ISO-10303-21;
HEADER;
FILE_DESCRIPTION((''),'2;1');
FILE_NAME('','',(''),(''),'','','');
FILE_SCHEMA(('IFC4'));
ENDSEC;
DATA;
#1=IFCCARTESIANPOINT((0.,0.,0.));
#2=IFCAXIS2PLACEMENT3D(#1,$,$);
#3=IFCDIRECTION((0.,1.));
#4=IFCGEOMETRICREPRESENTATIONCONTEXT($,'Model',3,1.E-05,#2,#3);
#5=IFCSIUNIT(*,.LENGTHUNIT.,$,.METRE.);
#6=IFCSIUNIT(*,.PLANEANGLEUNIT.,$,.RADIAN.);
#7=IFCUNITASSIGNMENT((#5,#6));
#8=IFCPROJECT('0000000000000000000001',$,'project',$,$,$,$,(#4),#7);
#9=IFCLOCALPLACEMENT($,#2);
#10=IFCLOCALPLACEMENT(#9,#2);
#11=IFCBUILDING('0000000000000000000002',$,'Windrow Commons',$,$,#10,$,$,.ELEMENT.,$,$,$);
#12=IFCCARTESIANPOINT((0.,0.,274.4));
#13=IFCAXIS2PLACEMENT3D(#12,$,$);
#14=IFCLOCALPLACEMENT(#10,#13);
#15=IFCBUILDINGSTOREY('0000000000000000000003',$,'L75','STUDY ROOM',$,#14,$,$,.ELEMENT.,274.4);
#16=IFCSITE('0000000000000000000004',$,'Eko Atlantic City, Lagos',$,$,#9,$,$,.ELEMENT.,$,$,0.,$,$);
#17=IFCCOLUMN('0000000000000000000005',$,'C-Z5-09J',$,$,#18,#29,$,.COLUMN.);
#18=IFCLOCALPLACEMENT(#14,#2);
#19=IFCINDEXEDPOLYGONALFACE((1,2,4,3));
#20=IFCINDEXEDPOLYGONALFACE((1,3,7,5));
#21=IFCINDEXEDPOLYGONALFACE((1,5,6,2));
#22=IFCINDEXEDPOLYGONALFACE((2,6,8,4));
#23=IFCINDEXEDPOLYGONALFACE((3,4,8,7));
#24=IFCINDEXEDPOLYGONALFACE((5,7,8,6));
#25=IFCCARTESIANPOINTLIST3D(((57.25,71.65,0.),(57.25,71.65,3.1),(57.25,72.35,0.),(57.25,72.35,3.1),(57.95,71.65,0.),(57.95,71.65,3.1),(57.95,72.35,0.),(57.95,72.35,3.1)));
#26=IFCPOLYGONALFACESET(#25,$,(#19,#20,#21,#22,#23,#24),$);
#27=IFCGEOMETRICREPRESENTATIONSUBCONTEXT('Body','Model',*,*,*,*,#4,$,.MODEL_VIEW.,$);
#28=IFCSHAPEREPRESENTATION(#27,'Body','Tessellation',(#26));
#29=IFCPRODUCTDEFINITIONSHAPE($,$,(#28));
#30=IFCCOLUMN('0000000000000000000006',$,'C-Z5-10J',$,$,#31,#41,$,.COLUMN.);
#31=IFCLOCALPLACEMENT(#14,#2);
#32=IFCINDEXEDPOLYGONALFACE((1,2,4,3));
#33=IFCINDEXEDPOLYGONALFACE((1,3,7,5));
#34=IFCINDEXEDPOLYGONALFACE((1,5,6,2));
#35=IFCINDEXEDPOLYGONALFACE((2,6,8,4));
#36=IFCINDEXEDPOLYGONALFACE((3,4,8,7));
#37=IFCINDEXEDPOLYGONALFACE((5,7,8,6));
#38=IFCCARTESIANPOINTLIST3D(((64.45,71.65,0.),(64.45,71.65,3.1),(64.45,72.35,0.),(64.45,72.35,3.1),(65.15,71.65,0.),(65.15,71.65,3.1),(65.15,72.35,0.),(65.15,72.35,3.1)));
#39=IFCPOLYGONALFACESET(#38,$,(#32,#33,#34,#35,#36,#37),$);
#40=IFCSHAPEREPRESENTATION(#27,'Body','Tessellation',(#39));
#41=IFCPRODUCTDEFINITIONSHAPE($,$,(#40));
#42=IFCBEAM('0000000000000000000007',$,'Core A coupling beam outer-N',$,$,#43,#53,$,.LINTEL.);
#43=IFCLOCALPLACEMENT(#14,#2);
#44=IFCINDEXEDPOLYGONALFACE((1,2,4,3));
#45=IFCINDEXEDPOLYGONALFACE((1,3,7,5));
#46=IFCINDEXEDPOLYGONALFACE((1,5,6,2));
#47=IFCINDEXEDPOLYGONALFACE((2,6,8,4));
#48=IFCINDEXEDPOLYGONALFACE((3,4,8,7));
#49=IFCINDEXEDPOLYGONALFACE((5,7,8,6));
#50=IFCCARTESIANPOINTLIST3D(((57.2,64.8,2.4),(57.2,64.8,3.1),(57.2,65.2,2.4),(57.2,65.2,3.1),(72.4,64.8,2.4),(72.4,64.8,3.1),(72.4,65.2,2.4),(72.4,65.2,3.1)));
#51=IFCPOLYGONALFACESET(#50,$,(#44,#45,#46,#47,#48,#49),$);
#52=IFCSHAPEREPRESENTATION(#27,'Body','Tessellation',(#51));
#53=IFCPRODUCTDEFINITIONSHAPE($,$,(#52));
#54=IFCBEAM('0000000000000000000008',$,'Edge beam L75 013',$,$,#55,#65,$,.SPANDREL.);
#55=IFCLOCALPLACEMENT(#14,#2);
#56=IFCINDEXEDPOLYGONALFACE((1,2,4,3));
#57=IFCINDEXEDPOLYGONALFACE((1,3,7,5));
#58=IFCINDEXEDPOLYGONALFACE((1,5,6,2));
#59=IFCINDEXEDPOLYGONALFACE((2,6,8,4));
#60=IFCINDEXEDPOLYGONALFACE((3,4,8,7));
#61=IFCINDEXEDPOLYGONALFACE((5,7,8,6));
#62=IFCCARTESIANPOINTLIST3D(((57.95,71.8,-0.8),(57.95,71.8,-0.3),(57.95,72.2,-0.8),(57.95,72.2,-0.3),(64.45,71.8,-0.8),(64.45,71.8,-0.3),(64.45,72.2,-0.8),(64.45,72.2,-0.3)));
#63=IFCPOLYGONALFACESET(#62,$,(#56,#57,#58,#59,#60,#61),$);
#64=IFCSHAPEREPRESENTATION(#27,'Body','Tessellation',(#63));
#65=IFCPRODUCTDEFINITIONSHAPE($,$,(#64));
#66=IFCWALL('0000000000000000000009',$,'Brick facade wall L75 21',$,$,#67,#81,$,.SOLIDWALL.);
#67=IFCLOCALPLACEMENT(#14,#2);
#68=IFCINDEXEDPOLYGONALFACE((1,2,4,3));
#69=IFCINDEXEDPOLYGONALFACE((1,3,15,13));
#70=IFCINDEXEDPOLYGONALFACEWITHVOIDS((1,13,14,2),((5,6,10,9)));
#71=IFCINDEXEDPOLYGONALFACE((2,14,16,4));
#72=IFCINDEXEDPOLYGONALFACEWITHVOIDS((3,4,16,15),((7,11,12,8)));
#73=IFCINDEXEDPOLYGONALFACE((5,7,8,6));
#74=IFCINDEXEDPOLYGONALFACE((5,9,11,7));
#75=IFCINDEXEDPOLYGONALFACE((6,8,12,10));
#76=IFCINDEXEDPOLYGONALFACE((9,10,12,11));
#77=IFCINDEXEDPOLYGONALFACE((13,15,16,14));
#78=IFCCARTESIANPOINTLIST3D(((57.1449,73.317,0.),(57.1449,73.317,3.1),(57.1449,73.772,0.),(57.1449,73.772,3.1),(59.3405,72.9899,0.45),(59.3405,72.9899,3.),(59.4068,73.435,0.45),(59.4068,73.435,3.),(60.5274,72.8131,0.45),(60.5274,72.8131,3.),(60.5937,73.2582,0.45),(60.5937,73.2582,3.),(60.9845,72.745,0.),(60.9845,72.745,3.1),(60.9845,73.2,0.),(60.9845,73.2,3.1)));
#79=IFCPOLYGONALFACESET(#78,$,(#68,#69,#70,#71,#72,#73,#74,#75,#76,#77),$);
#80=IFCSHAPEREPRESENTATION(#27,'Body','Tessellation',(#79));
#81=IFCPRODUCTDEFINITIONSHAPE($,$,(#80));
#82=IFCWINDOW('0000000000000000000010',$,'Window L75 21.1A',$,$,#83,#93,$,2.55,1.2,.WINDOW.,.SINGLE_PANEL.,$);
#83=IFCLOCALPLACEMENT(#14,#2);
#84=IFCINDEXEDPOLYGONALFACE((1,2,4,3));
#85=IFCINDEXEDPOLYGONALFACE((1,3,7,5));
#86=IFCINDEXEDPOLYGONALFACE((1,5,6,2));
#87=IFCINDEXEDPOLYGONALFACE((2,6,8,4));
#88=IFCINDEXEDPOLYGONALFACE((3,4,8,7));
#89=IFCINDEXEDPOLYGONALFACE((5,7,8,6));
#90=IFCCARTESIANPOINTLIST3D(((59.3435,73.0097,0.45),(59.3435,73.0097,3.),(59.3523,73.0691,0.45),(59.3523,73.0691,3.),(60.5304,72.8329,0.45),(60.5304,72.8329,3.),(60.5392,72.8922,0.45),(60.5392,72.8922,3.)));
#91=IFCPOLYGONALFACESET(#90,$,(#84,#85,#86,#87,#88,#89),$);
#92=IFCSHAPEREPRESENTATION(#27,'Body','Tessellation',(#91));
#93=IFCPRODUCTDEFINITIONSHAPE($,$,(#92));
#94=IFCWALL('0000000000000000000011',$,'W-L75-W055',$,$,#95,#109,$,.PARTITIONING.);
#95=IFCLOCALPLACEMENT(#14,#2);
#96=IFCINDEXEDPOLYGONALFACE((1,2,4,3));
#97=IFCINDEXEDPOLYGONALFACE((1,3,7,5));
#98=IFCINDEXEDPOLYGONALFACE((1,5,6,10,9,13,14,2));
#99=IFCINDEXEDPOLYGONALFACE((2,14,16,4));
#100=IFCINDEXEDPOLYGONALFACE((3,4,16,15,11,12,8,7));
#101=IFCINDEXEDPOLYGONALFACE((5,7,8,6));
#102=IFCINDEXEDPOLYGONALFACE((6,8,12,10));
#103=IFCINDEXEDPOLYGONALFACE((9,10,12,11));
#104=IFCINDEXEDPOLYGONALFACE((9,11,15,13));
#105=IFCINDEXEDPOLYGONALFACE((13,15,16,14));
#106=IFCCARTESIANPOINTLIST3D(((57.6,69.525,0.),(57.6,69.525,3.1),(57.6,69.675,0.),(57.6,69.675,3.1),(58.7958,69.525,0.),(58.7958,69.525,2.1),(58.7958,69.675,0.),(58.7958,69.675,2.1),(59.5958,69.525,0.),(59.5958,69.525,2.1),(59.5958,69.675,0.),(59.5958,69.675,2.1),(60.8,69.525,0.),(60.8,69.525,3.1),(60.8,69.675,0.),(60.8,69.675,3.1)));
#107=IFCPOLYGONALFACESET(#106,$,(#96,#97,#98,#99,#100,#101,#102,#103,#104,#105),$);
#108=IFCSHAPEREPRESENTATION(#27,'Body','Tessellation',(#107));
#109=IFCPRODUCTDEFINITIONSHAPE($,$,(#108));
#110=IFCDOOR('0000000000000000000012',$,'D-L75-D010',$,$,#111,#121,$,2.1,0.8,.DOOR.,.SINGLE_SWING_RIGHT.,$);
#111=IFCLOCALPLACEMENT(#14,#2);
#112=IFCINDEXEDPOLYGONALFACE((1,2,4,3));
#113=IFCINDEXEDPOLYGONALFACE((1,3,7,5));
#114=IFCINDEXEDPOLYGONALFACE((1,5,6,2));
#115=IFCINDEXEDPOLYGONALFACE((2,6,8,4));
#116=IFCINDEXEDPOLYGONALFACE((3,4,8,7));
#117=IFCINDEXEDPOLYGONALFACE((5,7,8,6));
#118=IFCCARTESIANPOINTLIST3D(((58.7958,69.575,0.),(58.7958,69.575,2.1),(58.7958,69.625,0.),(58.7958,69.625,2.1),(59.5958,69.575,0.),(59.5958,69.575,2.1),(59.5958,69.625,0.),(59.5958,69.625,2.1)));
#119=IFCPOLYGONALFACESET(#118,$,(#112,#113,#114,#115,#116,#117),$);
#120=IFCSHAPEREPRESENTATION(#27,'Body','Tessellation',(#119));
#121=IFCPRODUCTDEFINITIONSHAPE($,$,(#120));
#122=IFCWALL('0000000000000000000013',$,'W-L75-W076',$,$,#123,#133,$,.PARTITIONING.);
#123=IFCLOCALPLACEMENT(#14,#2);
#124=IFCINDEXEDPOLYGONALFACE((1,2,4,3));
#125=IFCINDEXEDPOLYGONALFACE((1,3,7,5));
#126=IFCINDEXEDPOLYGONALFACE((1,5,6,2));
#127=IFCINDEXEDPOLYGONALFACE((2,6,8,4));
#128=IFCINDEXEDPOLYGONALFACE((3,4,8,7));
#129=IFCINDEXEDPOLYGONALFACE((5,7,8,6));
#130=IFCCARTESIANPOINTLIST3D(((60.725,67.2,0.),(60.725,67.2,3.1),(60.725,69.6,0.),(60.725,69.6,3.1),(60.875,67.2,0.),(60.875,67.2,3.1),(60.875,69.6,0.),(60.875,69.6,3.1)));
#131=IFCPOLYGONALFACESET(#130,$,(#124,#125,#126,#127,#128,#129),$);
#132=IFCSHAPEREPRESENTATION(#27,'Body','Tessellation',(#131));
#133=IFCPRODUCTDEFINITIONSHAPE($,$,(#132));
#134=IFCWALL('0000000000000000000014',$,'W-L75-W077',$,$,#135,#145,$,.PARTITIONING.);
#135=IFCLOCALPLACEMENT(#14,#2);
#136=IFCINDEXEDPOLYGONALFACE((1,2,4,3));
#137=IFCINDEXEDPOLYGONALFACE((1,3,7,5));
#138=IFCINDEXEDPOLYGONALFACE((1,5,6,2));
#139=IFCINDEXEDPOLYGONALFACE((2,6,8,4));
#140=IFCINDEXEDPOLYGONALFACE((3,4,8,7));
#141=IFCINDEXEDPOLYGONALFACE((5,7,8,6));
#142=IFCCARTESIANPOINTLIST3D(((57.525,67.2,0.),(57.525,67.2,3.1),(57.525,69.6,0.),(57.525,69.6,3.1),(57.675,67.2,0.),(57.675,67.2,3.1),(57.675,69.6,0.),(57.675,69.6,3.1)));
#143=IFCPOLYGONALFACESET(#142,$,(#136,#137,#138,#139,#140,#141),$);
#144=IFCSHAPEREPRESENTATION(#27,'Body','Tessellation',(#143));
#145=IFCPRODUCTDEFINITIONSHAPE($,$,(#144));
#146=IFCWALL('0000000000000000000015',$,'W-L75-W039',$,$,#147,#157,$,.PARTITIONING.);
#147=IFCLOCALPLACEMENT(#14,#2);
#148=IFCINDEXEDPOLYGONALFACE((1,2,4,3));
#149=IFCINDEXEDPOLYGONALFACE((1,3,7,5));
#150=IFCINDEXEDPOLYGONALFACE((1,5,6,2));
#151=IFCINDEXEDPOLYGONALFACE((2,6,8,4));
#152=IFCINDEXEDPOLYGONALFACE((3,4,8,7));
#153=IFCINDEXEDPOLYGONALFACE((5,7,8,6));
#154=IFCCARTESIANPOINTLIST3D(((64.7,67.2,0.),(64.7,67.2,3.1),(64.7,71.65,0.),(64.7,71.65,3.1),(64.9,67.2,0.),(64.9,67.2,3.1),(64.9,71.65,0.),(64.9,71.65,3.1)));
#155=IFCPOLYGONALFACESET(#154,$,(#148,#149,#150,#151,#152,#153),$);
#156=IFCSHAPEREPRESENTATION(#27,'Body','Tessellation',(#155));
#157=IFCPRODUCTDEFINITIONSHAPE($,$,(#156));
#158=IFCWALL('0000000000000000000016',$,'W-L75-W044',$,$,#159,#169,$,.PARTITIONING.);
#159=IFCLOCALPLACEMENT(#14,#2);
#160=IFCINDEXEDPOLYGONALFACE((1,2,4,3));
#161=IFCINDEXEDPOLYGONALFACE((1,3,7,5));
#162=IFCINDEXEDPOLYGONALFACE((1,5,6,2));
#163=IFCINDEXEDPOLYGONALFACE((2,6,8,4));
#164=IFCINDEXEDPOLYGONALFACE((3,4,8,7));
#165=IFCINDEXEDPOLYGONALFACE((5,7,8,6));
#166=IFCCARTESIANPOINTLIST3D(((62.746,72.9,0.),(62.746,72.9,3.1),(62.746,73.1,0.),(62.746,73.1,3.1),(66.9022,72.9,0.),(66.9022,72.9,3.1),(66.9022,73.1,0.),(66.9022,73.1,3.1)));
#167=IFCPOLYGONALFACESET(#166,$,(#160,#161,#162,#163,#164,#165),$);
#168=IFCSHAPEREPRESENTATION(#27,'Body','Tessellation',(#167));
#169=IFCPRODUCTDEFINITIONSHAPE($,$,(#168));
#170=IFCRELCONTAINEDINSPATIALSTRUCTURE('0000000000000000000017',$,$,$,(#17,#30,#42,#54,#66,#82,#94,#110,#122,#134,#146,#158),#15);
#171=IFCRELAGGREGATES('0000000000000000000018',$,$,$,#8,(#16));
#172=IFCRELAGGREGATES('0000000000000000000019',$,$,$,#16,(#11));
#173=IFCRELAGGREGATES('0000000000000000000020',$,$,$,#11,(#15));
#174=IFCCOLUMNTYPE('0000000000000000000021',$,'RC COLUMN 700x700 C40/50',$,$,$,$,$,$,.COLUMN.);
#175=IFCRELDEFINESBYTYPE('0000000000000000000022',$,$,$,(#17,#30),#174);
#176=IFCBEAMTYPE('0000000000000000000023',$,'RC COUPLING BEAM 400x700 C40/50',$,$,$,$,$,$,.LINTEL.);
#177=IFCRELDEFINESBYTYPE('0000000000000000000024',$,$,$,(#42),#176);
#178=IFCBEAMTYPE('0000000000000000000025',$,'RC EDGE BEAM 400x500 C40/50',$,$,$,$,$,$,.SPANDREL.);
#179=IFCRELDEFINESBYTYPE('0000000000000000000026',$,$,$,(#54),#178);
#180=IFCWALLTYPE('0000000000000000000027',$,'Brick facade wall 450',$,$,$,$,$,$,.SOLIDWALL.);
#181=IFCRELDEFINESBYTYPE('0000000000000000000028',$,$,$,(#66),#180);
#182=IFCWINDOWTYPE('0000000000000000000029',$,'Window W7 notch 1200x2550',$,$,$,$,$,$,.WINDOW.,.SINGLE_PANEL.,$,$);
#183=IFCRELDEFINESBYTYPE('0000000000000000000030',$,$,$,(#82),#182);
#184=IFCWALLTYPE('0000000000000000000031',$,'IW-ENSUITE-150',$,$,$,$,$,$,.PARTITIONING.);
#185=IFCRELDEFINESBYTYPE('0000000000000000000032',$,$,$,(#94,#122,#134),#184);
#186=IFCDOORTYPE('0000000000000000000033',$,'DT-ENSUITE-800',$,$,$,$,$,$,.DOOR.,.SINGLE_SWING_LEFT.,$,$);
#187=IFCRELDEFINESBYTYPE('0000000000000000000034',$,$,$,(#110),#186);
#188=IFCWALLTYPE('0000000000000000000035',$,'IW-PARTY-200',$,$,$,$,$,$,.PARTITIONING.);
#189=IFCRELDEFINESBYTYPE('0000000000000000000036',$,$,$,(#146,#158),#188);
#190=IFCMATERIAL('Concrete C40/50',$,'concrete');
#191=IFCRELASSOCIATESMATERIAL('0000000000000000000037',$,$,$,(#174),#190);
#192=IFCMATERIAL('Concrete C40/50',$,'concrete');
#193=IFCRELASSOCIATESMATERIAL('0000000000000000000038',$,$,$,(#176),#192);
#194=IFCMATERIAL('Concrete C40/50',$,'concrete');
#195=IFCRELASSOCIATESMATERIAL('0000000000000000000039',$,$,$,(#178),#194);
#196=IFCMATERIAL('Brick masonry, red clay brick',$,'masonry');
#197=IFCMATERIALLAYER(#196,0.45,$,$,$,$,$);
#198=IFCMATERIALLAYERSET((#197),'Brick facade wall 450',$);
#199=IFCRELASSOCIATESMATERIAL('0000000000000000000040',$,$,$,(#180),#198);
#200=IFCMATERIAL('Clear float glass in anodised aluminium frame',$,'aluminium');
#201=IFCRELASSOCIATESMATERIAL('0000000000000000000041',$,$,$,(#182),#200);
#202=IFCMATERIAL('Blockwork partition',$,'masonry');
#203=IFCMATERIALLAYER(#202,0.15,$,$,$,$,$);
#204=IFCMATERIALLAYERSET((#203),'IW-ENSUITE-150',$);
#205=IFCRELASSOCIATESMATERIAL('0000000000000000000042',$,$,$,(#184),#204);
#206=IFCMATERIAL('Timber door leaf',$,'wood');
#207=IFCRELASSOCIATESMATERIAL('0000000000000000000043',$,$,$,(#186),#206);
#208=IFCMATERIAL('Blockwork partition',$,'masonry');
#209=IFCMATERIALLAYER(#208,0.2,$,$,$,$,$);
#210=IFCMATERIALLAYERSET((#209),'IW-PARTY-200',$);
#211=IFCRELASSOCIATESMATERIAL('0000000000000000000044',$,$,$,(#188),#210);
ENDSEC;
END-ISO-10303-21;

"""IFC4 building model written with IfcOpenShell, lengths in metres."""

from ifc_helpers import new_model, si_unit, direction, frame, frame_2d, origin, origin_2d, place, context, subcontext, project, spatial, polyline, rectangle, outline, extrude, material, layer, layer_set, material_profile, profile_set, type_object, element, fill, save


model = new_model("IFC4")

# Units and contexts
model_context = context("Model", 3, precision=1e-05, world=origin(), true_north=direction((0.0, 1.0)))
body_context = subcontext(model_context, "Body", "Model", "MODEL_VIEW")
ifc_project = project(units=[si_unit("LENGTHUNIT", "METRE"), si_unit("PLANEANGLEUNIT", "RADIAN")], contexts=[model_context])

# Site, building, storey
site_placement = place(None, origin())
site = spatial("IfcSite", under=ifc_project, at=site_placement, Name="Eko Atlantic City, Lagos", CompositionType="ELEMENT", RefElevation=0.0)
building_placement = place(site_placement, origin())
building = spatial("IfcBuilding", under=site, at=building_placement, Name="Windrow Commons", CompositionType="ELEMENT")
storey_placement = place(building_placement, frame((0.0, 0.0, 274.4)))
storey = spatial("IfcBuildingStorey", under=building, at=storey_placement, Name="L75", Description="STUDY ROOM", CompositionType="ELEMENT", Elevation=274.4)

# Columns
ifc_material_1 = material(Name="Concrete C40/50", Category="concrete")
ifc_material_profile_1 = material_profile(ifc_material_1, rectangle(XDim=0.7, YDim=0.7, at=origin_2d()))
ifc_profile_set_1 = profile_set([ifc_material_profile_1], Name="Concrete C40/50")
column_type = type_object("IfcColumnType", Name="RC COLUMN 700x700 C40/50", PredefinedType="COLUMN", material=ifc_profile_set_1)
for number, where, z_axis, x_axis, name in (
    (1, (57.6, 72.0, 0.0), (0.0, 0.0, 1.0), (1.0, 0.0, 0.0), "C-Z5-09J"),
    (2, (64.8, 72.0, 0.0), (0.0, 0.0, 1.0), (1.0, 0.0, 0.0), "C-Z5-10J"),
):
    element("IfcColumn", number, at=place(storey_placement, frame(where, z_axis=z_axis, x_axis=x_axis)), inside=storey, type_object=column_type, Name=name, PredefinedType="COLUMN", context=body_context, shape_type="SweptSolid", body=[
        extrude(rectangle(XDim=0.7, YDim=0.7, at=origin_2d()), origin(), (0.0, 0.0, 1.0), 3.1),
    ])

# Beams
ifc_material_2 = material(Name="Concrete C40/50", Category="concrete")
ifc_material_profile_2 = material_profile(ifc_material_2, rectangle(XDim=0.4, YDim=0.7, at=origin_2d()))
ifc_profile_set_2 = profile_set([ifc_material_profile_2], Name="Concrete C40/50")
beam_type_1 = type_object("IfcBeamType", Name="RC COUPLING BEAM 400x700 C40/50", PredefinedType="LINTEL", material=ifc_profile_set_2)
beam_1_placement = place(storey_placement, frame((57.2, 65.0, 2.75), z_axis=(1.0, 0.0, 0.0), x_axis=(0.0, 1.0, 0.0)))
element("IfcBeam", 3, at=beam_1_placement, inside=storey, type_object=beam_type_1, Name="Core A coupling beam outer-N", PredefinedType="LINTEL", context=body_context, shape_type="SweptSolid", body=[
    extrude(rectangle(XDim=0.4, YDim=0.7, at=origin_2d()), origin(), (0.0, 0.0, 1.0), 15.2),
])
ifc_material_3 = material(Name="Concrete C40/50", Category="concrete")
ifc_material_profile_3 = material_profile(ifc_material_3, rectangle(XDim=0.4, YDim=0.5, at=origin_2d()))
ifc_profile_set_3 = profile_set([ifc_material_profile_3], Name="Concrete C40/50")
beam_type_2 = type_object("IfcBeamType", Name="RC EDGE BEAM 400x500 C40/50", PredefinedType="SPANDREL", material=ifc_profile_set_3)
beam_2_placement = place(storey_placement, frame((57.95, 72.0, -0.55), z_axis=(1.0, 0.0, 0.0), x_axis=(0.0, 1.0, 0.0)))
element("IfcBeam", 4, at=beam_2_placement, inside=storey, type_object=beam_type_2, Name="Edge beam L75 013", PredefinedType="SPANDREL", context=body_context, shape_type="SweptSolid", body=[
    extrude(rectangle(XDim=0.4, YDim=0.5, at=origin_2d()), origin(), (0.0, 0.0, 1.0), 6.5),
])

# Wall, opening, window
ifc_material_4 = material(Name="Brick masonry, red clay brick", Category="masonry")
ifc_layer_1 = layer(ifc_material_4, 0.45)
ifc_layer_set_1 = layer_set([ifc_layer_1], Name="Brick facade wall 450")
wall_type_1 = type_object("IfcWallType", Name="Brick facade wall 450", PredefinedType="SOLIDWALL", material=ifc_layer_set_1)
wall_1_placement = place(storey_placement, frame((60.9845, 72.9725, 0.0), z_axis=(0.0, 0.0, 1.0), x_axis=(-0.989085, 0.147348, 0.0)))
wall_1 = element("IfcWall", 5, at=wall_1_placement, inside=storey, type_object=wall_type_1, Name="Brick facade wall L75 21", PredefinedType="SOLIDWALL", context=body_context, shape_type="SweptSolid", body=[
    extrude(outline(polyline([(0.0335, -0.225), (3.9155, -0.225), (3.8485, 0.225), (-0.0335, 0.225), (0.0335, -0.225)])), origin(), (0.0, 0.0, 1.0), 3.1),
])
opening_1_placement = place(wall_1_placement, frame((0.4286, 0.0, 0.45)))
opening_1 = element("IfcOpeningElement", 6, at=opening_1_placement, cuts=wall_1, PredefinedType="OPENING", context=body_context, shape_type="SweptSolid", body=[
    extrude(rectangle(XDim=1.2, YDim=2.55, at=frame_2d((0.6, 1.275))), frame((0.0, 0.235, 0.0), z_axis=(0.0, -1.0, 0.0), x_axis=(1.0, 0.0, 0.0)), (0.0, 0.0, 1.0), 0.47),
])
ifc_material_5 = material(Name="Clear float glass in anodised aluminium frame", Category="aluminium")
window_type = type_object("IfcWindowType", Name="Window W7 notch 1200x2550", PartitioningType="SINGLE_PANEL", PredefinedType="WINDOW", material=ifc_material_5)
window_placement = place(opening_1_placement, origin())
window = element("IfcWindow", 7, at=window_placement, inside=storey, type_object=window_type, Name="Window L75 21.1A", OverallHeight=2.55, OverallWidth=1.2, PartitioningType="SINGLE_PANEL", PredefinedType="WINDOW", context=body_context, shape_type="SweptSolid", body=[
    extrude(rectangle(XDim=1.2, YDim=2.55, at=frame_2d((0.6, 1.275))), frame((0.0, 0.205, 0.0), z_axis=(0.0, -1.0, 0.0), x_axis=(1.0, 0.0, 0.0)), (0.0, 0.0, 1.0), 0.06),
])
fill(opening_1, window)

# Wall, opening, door
ifc_material_6 = material(Name="Blockwork partition", Category="masonry")
ifc_layer_2 = layer(ifc_material_6, 0.15)
ifc_layer_set_2 = layer_set([ifc_layer_2], Name="IW-ENSUITE-150")
wall_type_2 = type_object("IfcWallType", Name="IW-ENSUITE-150", PredefinedType="PARTITIONING", material=ifc_layer_set_2)
wall_2_placement = place(storey_placement, frame((57.6, 69.6, 0.0), z_axis=(0.0, 0.0, 1.0), x_axis=(1.0, 0.0, 0.0)))
wall_2 = element("IfcWall", 8, at=wall_2_placement, inside=storey, type_object=wall_type_2, Name="W-L75-W055", PredefinedType="PARTITIONING", context=body_context, shape_type="SweptSolid", body=[
    extrude(rectangle(XDim=3.2, YDim=0.15, at=frame_2d((1.6, 0.0))), origin(), (0.0, 0.0, 1.0), 3.1),
])
opening_2_placement = place(wall_2_placement, frame((1.1958, 0.0, 0.0)))
opening_2 = element("IfcOpeningElement", 9, at=opening_2_placement, cuts=wall_2, PredefinedType="OPENING", context=body_context, shape_type="SweptSolid", body=[
    extrude(rectangle(XDim=0.8, YDim=2.1, at=frame_2d((0.4, 1.05))), frame((0.0, 0.085, 0.0), z_axis=(0.0, -1.0, 0.0), x_axis=(1.0, 0.0, 0.0)), (0.0, 0.0, 1.0), 0.17),
])
ifc_material_7 = material(Name="Timber door leaf", Category="wood")
door_type_1 = type_object("IfcDoorType", Name="DT-ENSUITE-800", OperationType="SINGLE_SWING_LEFT", PredefinedType="DOOR", material=ifc_material_7)
door_1_placement = place(opening_2_placement, origin())
door_1 = element("IfcDoor", 10, at=door_1_placement, inside=storey, type_object=door_type_1, Name="D-L75-D010", OperationType="SINGLE_SWING_RIGHT", OverallHeight=2.1, OverallWidth=0.8, PredefinedType="DOOR", context=body_context, shape_type="SweptSolid", body=[
    extrude(rectangle(XDim=0.8, YDim=2.1, at=frame_2d((0.4, 1.05))), frame((0.0, 0.025, 0.0), z_axis=(0.0, -1.0, 0.0), x_axis=(1.0, 0.0, 0.0)), (0.0, 0.0, 1.0), 0.05),
])
fill(opening_2, door_1)

# Walls
for number, where, z_axis, x_axis, name in (
    (11, (60.8, 67.2, 0.0), (0.0, 0.0, 1.0), (0.0, 1.0, 0.0), "W-L75-W076"),
    (12, (57.6, 67.2, 0.0), (0.0, 0.0, 1.0), (0.0, 1.0, 0.0), "W-L75-W077"),
):
    element("IfcWall", number, at=place(storey_placement, frame(where, z_axis=z_axis, x_axis=x_axis)), inside=storey, type_object=wall_type_2, Name=name, PredefinedType="PARTITIONING", context=body_context, shape_type="SweptSolid", body=[
        extrude(rectangle(XDim=2.4, YDim=0.15, at=frame_2d((1.2, 0.0))), origin(), (0.0, 0.0, 1.0), 3.1),
    ])
ifc_material_8 = material(Name="Blockwork partition", Category="masonry")
ifc_layer_3 = layer(ifc_material_8, 0.2)
ifc_layer_set_3 = layer_set([ifc_layer_3], Name="IW-PARTY-200")
wall_type_3 = type_object("IfcWallType", Name="IW-PARTY-200", PredefinedType="PARTITIONING", material=ifc_layer_set_3)
wall_3_placement = place(storey_placement, frame((64.8, 67.2, 0.0), z_axis=(0.0, 0.0, 1.0), x_axis=(0.0, 1.0, 0.0)))
element("IfcWall", 13, at=wall_3_placement, inside=storey, type_object=wall_type_3, Name="W-L75-W039", PredefinedType="PARTITIONING", context=body_context, shape_type="SweptSolid", body=[
    extrude(rectangle(XDim=4.45, YDim=0.2, at=frame_2d((2.225, 0.0))), origin(), (0.0, 0.0, 1.0), 3.1),
])
wall_4_placement = place(storey_placement, frame((62.746, 73.0, 0.0), z_axis=(0.0, 0.0, 1.0), x_axis=(1.0, 0.0, 0.0)))
element("IfcWall", 14, at=wall_4_placement, inside=storey, type_object=wall_type_3, Name="W-L75-W044", PredefinedType="PARTITIONING", context=body_context, shape_type="SweptSolid", body=[
    extrude(rectangle(XDim=4.1562, YDim=0.2, at=frame_2d((2.0781, 0.0))), origin(), (0.0, 0.0, 1.0), 3.1),
])

save(model, "model.ifc")
